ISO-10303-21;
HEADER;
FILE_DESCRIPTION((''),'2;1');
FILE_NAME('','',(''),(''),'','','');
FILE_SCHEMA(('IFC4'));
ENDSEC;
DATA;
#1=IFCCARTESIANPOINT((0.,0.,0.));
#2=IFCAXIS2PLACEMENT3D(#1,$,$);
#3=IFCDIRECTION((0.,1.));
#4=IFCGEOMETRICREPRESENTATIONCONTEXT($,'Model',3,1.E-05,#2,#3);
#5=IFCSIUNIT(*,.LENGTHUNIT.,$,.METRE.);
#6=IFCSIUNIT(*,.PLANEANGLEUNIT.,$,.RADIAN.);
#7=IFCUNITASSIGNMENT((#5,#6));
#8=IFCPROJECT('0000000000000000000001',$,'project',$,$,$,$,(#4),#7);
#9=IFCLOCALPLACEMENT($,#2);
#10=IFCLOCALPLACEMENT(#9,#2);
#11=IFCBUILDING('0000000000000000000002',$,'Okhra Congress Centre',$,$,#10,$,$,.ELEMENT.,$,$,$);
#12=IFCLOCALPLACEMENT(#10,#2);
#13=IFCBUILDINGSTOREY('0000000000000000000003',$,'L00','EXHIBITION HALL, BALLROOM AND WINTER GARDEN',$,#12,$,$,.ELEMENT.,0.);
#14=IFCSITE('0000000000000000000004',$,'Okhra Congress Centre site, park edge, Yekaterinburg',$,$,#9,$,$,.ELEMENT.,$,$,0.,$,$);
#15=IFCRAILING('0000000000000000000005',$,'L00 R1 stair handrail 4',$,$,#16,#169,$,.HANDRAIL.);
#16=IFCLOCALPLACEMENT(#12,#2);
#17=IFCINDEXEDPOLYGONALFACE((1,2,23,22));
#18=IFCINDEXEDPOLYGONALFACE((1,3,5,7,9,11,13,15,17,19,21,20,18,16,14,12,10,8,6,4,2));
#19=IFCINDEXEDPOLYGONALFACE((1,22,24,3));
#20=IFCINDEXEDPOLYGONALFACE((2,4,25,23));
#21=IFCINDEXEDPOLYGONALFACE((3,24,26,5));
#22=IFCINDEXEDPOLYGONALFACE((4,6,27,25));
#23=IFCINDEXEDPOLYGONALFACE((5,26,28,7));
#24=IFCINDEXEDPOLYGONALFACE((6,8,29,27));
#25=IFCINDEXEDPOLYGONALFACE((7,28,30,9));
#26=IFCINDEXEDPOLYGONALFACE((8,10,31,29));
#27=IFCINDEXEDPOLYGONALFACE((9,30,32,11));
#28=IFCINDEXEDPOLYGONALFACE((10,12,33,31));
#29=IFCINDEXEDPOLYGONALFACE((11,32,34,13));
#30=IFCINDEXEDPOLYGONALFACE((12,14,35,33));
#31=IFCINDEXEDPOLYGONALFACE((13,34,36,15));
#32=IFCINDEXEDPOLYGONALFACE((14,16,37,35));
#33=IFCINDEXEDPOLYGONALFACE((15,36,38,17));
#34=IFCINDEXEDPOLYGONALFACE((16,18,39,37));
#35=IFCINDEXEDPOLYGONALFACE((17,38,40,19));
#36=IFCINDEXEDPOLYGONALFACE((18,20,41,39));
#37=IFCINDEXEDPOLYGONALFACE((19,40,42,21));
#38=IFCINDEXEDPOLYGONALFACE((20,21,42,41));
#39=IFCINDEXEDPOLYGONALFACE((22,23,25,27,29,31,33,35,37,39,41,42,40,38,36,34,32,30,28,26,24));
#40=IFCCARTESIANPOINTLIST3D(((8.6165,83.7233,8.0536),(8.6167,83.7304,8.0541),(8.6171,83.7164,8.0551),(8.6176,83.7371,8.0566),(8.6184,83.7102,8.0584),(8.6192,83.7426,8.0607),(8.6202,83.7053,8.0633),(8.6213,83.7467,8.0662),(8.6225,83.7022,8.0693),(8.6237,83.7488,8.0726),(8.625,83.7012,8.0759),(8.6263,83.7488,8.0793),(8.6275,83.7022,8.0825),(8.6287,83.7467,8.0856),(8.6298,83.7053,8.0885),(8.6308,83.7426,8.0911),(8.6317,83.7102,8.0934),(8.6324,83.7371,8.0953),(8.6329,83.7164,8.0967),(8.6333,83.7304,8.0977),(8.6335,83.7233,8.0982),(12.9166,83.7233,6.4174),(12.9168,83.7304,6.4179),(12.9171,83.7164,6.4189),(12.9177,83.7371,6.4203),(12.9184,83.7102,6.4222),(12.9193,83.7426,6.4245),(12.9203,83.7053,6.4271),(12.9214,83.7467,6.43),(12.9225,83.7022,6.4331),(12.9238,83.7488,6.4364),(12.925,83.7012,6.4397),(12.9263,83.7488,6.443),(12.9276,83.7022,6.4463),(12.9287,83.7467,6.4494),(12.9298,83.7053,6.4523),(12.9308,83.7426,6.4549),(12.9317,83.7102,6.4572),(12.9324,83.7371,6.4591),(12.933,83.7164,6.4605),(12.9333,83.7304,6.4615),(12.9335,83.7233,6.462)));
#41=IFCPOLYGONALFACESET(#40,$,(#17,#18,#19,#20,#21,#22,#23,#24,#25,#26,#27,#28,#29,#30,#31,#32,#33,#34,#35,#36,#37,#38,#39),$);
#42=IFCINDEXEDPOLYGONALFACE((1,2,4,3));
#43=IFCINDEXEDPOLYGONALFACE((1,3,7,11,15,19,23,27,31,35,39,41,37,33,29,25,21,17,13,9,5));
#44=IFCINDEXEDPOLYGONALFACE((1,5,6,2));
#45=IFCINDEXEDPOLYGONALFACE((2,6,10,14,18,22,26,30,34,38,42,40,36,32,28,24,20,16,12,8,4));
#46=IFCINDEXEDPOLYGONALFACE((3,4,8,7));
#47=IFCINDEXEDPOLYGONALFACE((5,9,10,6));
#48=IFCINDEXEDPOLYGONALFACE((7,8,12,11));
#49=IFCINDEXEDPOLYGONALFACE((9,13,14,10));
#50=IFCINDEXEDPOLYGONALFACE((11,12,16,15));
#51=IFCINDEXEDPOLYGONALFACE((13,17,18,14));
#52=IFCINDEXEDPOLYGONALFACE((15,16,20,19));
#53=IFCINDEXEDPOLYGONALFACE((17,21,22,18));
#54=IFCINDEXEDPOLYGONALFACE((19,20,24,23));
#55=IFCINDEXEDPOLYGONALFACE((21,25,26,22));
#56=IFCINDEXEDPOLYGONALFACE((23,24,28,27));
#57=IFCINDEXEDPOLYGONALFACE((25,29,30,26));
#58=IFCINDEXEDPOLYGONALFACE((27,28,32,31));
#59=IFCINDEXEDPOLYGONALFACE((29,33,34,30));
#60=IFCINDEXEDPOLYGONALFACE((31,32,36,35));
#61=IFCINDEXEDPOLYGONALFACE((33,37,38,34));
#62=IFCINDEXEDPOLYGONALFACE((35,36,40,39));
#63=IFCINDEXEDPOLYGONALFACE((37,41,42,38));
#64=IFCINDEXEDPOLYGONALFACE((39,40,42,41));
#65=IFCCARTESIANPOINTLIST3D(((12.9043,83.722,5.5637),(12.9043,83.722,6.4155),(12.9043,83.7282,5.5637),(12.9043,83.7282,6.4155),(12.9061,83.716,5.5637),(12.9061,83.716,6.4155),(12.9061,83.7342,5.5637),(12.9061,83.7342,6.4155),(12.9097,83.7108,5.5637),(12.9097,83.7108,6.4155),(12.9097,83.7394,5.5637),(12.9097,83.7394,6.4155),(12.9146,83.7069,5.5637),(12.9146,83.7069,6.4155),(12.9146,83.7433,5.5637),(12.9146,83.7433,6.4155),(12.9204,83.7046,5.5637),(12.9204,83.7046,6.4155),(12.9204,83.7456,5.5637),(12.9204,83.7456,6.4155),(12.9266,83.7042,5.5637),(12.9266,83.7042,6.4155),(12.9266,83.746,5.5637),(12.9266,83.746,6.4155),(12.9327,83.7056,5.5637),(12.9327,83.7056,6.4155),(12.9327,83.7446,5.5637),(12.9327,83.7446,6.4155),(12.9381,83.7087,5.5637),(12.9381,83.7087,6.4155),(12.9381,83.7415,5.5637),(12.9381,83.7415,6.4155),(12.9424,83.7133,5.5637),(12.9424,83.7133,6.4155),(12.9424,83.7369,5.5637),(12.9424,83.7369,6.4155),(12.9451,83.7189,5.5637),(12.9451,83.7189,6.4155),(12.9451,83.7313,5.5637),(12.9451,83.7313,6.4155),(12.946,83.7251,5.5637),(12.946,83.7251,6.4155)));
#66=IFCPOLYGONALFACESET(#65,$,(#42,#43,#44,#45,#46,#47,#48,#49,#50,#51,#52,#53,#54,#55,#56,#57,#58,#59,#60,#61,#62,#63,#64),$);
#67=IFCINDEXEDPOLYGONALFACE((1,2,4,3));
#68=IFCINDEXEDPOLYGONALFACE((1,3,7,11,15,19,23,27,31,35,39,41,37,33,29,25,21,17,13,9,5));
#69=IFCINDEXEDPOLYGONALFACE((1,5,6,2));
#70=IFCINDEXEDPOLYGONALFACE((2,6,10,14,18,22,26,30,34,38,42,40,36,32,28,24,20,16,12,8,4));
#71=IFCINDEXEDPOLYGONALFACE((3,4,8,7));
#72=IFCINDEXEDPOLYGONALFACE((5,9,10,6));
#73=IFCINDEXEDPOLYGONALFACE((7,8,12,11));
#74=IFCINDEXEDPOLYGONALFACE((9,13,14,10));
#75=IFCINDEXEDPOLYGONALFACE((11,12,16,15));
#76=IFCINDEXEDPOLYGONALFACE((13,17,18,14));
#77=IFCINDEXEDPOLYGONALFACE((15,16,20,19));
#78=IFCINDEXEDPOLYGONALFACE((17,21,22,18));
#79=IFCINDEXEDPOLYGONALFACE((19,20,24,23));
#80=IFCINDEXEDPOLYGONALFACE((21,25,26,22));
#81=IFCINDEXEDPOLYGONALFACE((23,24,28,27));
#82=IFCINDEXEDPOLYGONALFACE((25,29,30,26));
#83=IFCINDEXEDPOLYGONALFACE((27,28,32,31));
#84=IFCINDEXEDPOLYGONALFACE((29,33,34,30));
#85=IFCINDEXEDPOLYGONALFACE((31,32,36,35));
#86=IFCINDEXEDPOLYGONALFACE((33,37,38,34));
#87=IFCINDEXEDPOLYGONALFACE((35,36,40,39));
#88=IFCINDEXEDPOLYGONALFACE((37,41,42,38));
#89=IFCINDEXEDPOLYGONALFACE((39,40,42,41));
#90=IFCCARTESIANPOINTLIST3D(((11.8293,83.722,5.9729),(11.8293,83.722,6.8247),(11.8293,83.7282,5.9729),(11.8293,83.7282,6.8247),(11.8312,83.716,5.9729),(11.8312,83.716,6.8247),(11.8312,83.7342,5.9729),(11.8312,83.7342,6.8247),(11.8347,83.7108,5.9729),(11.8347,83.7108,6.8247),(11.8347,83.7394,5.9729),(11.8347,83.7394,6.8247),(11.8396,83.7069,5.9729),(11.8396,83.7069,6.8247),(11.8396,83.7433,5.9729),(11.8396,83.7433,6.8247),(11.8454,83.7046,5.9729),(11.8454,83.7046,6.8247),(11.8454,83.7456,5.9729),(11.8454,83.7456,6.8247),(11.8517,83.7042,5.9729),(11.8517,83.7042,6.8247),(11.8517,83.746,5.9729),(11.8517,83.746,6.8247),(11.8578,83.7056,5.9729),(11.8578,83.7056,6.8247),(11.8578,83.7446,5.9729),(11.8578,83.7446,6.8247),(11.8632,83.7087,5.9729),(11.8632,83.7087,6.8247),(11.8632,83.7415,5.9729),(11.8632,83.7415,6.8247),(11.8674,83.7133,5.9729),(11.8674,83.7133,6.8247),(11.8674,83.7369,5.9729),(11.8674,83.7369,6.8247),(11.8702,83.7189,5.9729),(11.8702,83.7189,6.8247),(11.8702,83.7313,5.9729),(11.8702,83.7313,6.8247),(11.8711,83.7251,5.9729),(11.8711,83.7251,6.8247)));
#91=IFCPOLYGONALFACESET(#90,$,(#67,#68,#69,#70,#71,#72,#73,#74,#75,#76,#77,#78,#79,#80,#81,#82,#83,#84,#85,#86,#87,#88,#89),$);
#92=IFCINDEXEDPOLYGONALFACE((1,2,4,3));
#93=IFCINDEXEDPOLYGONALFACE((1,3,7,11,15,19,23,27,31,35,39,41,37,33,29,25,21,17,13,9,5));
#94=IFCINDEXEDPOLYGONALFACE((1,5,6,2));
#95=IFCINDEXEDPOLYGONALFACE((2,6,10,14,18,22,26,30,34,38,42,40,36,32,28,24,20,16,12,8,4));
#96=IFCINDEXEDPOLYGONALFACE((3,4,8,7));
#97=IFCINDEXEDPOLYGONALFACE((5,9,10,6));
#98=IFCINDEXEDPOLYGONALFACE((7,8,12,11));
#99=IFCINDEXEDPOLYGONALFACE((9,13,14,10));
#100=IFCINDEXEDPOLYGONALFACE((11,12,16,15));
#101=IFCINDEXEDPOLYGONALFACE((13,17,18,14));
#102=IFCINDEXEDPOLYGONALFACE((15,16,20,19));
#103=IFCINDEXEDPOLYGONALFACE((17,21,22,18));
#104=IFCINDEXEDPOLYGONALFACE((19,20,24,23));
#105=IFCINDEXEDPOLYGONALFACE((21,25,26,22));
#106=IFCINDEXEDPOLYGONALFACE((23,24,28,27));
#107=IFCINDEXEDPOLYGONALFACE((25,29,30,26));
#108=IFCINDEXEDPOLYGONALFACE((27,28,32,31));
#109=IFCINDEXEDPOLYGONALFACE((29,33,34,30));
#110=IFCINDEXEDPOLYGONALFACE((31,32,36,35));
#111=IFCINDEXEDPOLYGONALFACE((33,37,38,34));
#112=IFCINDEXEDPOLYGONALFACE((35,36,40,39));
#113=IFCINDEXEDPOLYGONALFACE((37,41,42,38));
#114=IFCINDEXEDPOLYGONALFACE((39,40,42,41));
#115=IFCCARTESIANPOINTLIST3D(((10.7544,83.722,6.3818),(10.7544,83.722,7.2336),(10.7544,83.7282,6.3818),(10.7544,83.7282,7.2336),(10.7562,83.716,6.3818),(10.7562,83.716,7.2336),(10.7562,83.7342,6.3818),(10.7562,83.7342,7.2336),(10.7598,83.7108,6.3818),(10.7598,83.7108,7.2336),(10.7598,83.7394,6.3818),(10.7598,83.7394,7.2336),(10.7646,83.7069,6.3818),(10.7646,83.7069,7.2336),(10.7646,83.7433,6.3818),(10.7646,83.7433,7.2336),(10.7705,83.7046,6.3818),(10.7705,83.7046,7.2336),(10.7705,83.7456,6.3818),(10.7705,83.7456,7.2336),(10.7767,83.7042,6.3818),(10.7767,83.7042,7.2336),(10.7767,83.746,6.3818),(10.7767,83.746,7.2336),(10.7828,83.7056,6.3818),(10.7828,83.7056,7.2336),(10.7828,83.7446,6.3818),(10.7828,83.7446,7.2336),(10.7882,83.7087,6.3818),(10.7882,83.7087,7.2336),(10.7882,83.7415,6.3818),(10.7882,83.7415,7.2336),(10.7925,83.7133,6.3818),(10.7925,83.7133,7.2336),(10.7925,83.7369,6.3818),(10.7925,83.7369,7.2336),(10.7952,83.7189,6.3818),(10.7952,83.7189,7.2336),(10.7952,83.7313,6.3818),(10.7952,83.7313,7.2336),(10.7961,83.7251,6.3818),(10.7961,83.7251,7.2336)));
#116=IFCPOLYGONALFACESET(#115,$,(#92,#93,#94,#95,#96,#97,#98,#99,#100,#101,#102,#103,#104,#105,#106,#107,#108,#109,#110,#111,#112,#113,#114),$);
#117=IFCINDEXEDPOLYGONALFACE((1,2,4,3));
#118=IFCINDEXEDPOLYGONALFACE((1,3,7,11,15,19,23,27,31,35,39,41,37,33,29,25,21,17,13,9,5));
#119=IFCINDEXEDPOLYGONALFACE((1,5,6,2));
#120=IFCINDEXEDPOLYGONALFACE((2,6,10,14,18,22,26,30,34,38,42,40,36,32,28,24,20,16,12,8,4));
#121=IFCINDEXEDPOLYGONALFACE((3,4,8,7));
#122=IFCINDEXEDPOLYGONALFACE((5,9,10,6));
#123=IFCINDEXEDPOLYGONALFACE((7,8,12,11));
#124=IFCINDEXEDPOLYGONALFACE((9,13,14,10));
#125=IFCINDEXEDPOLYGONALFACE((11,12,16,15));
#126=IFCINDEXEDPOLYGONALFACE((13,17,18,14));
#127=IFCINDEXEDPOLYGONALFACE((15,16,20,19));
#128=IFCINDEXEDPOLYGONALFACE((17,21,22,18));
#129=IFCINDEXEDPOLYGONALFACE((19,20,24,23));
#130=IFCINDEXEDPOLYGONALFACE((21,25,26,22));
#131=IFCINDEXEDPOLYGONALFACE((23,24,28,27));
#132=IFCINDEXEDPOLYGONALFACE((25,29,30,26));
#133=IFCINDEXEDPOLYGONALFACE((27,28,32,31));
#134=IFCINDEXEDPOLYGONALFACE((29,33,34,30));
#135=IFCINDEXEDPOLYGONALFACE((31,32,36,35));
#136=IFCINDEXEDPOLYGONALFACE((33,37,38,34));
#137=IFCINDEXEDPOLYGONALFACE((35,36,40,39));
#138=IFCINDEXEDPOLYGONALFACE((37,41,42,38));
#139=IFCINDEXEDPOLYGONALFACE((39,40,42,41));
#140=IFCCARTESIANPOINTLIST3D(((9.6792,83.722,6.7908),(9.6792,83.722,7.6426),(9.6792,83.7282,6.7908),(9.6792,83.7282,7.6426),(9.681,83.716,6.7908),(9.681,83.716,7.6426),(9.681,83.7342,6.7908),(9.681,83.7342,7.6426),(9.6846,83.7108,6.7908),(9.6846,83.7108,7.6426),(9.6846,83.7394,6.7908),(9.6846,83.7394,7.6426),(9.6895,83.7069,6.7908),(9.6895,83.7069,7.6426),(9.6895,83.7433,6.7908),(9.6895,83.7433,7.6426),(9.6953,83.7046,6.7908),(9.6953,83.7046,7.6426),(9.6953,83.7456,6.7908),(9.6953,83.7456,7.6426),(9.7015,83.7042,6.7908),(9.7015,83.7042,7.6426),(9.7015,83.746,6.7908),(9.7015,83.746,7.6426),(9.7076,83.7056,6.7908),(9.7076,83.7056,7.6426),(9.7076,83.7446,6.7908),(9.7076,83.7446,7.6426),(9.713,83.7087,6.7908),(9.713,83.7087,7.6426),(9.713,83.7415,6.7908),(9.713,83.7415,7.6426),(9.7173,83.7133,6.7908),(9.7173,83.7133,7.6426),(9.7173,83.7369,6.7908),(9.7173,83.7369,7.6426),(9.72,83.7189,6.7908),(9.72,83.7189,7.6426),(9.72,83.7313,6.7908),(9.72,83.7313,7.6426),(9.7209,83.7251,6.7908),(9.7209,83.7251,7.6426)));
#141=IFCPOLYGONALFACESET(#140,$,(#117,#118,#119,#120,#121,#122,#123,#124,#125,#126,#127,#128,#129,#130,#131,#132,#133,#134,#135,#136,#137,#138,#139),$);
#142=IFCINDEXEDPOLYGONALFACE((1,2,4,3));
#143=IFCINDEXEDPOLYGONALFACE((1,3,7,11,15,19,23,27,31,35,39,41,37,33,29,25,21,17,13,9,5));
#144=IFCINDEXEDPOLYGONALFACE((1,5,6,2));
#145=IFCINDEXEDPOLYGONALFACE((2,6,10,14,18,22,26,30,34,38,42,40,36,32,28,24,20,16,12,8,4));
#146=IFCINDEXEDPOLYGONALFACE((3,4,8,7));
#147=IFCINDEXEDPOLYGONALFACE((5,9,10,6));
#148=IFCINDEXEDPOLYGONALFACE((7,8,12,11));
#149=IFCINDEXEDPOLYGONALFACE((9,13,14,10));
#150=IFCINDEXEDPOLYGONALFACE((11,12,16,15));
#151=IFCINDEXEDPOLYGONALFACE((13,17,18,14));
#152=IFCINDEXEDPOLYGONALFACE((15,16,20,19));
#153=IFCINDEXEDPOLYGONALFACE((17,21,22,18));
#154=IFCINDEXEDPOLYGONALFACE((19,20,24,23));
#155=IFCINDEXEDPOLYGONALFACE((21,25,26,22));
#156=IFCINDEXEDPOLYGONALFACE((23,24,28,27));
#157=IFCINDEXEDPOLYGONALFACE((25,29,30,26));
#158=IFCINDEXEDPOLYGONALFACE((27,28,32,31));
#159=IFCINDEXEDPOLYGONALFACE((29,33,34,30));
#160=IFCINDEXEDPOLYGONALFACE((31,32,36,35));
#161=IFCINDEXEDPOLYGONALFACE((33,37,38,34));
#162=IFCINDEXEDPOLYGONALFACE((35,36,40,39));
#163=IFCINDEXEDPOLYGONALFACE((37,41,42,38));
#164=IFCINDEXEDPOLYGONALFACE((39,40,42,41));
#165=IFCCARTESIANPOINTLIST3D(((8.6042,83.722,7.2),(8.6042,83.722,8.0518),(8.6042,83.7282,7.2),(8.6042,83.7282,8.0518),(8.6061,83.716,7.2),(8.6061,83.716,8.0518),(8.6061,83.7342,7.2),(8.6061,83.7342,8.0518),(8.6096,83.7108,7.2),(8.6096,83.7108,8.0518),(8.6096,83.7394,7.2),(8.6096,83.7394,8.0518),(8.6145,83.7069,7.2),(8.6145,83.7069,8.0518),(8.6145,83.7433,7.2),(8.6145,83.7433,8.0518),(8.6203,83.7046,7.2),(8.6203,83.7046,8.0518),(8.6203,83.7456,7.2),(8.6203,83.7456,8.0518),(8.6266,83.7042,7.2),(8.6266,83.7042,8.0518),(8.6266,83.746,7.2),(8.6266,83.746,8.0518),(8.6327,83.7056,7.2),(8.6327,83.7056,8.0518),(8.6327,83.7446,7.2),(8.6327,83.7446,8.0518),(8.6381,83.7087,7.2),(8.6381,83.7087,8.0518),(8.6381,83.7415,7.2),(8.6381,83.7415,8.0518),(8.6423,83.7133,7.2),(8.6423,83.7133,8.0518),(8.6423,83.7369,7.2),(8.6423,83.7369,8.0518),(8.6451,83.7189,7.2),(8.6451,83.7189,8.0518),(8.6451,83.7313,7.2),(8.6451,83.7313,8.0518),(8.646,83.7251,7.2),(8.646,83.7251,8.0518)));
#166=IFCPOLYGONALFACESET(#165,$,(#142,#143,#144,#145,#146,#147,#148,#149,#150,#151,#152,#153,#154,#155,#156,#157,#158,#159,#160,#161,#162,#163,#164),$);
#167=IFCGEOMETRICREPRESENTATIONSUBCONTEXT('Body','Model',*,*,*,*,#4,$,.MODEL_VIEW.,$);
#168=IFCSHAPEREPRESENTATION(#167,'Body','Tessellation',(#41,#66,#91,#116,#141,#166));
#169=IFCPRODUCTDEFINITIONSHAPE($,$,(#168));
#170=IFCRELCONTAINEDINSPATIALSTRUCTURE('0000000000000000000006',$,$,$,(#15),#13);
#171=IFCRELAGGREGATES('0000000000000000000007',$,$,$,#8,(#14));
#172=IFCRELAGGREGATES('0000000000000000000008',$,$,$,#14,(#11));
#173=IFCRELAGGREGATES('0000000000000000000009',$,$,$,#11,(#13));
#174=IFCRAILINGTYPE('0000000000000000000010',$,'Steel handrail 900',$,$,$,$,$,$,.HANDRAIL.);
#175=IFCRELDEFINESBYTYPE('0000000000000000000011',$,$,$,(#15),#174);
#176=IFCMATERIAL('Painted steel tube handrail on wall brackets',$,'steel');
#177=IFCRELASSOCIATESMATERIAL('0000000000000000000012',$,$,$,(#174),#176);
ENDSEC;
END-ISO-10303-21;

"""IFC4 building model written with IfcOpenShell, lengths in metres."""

from ifc_helpers import new_model, si_unit, direction, frame, origin, origin_2d, place, context, subcontext, project, spatial, circle, extrude, material, type_object, element, save


model = new_model("IFC4")

# Units and contexts
model_context = context("Model", 3, precision=1e-05, world=origin(), true_north=direction((0.0, 1.0)))
body_context = subcontext(model_context, "Body", "Model", "MODEL_VIEW")
ifc_project = project(units=[si_unit("LENGTHUNIT", "METRE"), si_unit("PLANEANGLEUNIT", "RADIAN")], contexts=[model_context])

# Site, building, storey
site_placement = place(None, origin())
site = spatial("IfcSite", under=ifc_project, at=site_placement, Name="Okhra Congress Centre site, park edge, Yekaterinburg", CompositionType="ELEMENT", RefElevation=0.0)
building_placement = place(site_placement, origin())
building = spatial("IfcBuilding", under=site, at=building_placement, Name="Okhra Congress Centre", CompositionType="ELEMENT")
storey_placement = place(building_placement, origin())
storey = spatial("IfcBuildingStorey", under=building, at=storey_placement, Name="L00", Description="EXHIBITION HALL, BALLROOM AND WINTER GARDEN", CompositionType="ELEMENT", Elevation=0.0)

# Railing
ifc_material_1 = material(Name="Painted steel tube handrail on wall brackets", Category="steel")
railing_type_1 = type_object("IfcRailingType", Name="Steel handrail 900", PredefinedType="HANDRAIL", material=ifc_material_1)
railing_1_placement = place(storey_placement, frame((12.925, 83.7251, 5.5637)))
element("IfcRailing", 1, at=railing_1_placement, inside=storey, type_object=railing_type_1, Name="L00 R1 stair handrail 4", PredefinedType="HANDRAIL", context=body_context, shape_type="SweptSolid", body=[
    extrude(circle(Radius=0.0239, at=origin_2d()), frame((0.0, 0.0, 0.876), z_axis=(-0.934624, 0.0, 0.355638), x_axis=(0.0, -1.0, 0.0)), (0.0, 0.0, 1.0), 4.6008),
    extrude(circle(Radius=0.021, at=origin_2d()), origin(), (0.0, 0.0, 1.0), 0.8518),
    extrude(circle(Radius=0.021, at=origin_2d()), frame((-1.075, 0.0, 0.4092)), (0.0, 0.0, 1.0), 0.8518),
    extrude(circle(Radius=0.021, at=origin_2d()), frame((-2.1499, 0.0, 0.8181)), (0.0, 0.0, 1.0), 0.8518),
    extrude(circle(Radius=0.021, at=origin_2d()), frame((-3.2251, 0.0, 1.2271)), (0.0, 0.0, 1.0), 0.8518),
    extrude(circle(Radius=0.021, at=origin_2d()), frame((-4.3, 0.0, 1.6362)), (0.0, 0.0, 1.0), 0.8518),
])

save(model, "model.ifc")
